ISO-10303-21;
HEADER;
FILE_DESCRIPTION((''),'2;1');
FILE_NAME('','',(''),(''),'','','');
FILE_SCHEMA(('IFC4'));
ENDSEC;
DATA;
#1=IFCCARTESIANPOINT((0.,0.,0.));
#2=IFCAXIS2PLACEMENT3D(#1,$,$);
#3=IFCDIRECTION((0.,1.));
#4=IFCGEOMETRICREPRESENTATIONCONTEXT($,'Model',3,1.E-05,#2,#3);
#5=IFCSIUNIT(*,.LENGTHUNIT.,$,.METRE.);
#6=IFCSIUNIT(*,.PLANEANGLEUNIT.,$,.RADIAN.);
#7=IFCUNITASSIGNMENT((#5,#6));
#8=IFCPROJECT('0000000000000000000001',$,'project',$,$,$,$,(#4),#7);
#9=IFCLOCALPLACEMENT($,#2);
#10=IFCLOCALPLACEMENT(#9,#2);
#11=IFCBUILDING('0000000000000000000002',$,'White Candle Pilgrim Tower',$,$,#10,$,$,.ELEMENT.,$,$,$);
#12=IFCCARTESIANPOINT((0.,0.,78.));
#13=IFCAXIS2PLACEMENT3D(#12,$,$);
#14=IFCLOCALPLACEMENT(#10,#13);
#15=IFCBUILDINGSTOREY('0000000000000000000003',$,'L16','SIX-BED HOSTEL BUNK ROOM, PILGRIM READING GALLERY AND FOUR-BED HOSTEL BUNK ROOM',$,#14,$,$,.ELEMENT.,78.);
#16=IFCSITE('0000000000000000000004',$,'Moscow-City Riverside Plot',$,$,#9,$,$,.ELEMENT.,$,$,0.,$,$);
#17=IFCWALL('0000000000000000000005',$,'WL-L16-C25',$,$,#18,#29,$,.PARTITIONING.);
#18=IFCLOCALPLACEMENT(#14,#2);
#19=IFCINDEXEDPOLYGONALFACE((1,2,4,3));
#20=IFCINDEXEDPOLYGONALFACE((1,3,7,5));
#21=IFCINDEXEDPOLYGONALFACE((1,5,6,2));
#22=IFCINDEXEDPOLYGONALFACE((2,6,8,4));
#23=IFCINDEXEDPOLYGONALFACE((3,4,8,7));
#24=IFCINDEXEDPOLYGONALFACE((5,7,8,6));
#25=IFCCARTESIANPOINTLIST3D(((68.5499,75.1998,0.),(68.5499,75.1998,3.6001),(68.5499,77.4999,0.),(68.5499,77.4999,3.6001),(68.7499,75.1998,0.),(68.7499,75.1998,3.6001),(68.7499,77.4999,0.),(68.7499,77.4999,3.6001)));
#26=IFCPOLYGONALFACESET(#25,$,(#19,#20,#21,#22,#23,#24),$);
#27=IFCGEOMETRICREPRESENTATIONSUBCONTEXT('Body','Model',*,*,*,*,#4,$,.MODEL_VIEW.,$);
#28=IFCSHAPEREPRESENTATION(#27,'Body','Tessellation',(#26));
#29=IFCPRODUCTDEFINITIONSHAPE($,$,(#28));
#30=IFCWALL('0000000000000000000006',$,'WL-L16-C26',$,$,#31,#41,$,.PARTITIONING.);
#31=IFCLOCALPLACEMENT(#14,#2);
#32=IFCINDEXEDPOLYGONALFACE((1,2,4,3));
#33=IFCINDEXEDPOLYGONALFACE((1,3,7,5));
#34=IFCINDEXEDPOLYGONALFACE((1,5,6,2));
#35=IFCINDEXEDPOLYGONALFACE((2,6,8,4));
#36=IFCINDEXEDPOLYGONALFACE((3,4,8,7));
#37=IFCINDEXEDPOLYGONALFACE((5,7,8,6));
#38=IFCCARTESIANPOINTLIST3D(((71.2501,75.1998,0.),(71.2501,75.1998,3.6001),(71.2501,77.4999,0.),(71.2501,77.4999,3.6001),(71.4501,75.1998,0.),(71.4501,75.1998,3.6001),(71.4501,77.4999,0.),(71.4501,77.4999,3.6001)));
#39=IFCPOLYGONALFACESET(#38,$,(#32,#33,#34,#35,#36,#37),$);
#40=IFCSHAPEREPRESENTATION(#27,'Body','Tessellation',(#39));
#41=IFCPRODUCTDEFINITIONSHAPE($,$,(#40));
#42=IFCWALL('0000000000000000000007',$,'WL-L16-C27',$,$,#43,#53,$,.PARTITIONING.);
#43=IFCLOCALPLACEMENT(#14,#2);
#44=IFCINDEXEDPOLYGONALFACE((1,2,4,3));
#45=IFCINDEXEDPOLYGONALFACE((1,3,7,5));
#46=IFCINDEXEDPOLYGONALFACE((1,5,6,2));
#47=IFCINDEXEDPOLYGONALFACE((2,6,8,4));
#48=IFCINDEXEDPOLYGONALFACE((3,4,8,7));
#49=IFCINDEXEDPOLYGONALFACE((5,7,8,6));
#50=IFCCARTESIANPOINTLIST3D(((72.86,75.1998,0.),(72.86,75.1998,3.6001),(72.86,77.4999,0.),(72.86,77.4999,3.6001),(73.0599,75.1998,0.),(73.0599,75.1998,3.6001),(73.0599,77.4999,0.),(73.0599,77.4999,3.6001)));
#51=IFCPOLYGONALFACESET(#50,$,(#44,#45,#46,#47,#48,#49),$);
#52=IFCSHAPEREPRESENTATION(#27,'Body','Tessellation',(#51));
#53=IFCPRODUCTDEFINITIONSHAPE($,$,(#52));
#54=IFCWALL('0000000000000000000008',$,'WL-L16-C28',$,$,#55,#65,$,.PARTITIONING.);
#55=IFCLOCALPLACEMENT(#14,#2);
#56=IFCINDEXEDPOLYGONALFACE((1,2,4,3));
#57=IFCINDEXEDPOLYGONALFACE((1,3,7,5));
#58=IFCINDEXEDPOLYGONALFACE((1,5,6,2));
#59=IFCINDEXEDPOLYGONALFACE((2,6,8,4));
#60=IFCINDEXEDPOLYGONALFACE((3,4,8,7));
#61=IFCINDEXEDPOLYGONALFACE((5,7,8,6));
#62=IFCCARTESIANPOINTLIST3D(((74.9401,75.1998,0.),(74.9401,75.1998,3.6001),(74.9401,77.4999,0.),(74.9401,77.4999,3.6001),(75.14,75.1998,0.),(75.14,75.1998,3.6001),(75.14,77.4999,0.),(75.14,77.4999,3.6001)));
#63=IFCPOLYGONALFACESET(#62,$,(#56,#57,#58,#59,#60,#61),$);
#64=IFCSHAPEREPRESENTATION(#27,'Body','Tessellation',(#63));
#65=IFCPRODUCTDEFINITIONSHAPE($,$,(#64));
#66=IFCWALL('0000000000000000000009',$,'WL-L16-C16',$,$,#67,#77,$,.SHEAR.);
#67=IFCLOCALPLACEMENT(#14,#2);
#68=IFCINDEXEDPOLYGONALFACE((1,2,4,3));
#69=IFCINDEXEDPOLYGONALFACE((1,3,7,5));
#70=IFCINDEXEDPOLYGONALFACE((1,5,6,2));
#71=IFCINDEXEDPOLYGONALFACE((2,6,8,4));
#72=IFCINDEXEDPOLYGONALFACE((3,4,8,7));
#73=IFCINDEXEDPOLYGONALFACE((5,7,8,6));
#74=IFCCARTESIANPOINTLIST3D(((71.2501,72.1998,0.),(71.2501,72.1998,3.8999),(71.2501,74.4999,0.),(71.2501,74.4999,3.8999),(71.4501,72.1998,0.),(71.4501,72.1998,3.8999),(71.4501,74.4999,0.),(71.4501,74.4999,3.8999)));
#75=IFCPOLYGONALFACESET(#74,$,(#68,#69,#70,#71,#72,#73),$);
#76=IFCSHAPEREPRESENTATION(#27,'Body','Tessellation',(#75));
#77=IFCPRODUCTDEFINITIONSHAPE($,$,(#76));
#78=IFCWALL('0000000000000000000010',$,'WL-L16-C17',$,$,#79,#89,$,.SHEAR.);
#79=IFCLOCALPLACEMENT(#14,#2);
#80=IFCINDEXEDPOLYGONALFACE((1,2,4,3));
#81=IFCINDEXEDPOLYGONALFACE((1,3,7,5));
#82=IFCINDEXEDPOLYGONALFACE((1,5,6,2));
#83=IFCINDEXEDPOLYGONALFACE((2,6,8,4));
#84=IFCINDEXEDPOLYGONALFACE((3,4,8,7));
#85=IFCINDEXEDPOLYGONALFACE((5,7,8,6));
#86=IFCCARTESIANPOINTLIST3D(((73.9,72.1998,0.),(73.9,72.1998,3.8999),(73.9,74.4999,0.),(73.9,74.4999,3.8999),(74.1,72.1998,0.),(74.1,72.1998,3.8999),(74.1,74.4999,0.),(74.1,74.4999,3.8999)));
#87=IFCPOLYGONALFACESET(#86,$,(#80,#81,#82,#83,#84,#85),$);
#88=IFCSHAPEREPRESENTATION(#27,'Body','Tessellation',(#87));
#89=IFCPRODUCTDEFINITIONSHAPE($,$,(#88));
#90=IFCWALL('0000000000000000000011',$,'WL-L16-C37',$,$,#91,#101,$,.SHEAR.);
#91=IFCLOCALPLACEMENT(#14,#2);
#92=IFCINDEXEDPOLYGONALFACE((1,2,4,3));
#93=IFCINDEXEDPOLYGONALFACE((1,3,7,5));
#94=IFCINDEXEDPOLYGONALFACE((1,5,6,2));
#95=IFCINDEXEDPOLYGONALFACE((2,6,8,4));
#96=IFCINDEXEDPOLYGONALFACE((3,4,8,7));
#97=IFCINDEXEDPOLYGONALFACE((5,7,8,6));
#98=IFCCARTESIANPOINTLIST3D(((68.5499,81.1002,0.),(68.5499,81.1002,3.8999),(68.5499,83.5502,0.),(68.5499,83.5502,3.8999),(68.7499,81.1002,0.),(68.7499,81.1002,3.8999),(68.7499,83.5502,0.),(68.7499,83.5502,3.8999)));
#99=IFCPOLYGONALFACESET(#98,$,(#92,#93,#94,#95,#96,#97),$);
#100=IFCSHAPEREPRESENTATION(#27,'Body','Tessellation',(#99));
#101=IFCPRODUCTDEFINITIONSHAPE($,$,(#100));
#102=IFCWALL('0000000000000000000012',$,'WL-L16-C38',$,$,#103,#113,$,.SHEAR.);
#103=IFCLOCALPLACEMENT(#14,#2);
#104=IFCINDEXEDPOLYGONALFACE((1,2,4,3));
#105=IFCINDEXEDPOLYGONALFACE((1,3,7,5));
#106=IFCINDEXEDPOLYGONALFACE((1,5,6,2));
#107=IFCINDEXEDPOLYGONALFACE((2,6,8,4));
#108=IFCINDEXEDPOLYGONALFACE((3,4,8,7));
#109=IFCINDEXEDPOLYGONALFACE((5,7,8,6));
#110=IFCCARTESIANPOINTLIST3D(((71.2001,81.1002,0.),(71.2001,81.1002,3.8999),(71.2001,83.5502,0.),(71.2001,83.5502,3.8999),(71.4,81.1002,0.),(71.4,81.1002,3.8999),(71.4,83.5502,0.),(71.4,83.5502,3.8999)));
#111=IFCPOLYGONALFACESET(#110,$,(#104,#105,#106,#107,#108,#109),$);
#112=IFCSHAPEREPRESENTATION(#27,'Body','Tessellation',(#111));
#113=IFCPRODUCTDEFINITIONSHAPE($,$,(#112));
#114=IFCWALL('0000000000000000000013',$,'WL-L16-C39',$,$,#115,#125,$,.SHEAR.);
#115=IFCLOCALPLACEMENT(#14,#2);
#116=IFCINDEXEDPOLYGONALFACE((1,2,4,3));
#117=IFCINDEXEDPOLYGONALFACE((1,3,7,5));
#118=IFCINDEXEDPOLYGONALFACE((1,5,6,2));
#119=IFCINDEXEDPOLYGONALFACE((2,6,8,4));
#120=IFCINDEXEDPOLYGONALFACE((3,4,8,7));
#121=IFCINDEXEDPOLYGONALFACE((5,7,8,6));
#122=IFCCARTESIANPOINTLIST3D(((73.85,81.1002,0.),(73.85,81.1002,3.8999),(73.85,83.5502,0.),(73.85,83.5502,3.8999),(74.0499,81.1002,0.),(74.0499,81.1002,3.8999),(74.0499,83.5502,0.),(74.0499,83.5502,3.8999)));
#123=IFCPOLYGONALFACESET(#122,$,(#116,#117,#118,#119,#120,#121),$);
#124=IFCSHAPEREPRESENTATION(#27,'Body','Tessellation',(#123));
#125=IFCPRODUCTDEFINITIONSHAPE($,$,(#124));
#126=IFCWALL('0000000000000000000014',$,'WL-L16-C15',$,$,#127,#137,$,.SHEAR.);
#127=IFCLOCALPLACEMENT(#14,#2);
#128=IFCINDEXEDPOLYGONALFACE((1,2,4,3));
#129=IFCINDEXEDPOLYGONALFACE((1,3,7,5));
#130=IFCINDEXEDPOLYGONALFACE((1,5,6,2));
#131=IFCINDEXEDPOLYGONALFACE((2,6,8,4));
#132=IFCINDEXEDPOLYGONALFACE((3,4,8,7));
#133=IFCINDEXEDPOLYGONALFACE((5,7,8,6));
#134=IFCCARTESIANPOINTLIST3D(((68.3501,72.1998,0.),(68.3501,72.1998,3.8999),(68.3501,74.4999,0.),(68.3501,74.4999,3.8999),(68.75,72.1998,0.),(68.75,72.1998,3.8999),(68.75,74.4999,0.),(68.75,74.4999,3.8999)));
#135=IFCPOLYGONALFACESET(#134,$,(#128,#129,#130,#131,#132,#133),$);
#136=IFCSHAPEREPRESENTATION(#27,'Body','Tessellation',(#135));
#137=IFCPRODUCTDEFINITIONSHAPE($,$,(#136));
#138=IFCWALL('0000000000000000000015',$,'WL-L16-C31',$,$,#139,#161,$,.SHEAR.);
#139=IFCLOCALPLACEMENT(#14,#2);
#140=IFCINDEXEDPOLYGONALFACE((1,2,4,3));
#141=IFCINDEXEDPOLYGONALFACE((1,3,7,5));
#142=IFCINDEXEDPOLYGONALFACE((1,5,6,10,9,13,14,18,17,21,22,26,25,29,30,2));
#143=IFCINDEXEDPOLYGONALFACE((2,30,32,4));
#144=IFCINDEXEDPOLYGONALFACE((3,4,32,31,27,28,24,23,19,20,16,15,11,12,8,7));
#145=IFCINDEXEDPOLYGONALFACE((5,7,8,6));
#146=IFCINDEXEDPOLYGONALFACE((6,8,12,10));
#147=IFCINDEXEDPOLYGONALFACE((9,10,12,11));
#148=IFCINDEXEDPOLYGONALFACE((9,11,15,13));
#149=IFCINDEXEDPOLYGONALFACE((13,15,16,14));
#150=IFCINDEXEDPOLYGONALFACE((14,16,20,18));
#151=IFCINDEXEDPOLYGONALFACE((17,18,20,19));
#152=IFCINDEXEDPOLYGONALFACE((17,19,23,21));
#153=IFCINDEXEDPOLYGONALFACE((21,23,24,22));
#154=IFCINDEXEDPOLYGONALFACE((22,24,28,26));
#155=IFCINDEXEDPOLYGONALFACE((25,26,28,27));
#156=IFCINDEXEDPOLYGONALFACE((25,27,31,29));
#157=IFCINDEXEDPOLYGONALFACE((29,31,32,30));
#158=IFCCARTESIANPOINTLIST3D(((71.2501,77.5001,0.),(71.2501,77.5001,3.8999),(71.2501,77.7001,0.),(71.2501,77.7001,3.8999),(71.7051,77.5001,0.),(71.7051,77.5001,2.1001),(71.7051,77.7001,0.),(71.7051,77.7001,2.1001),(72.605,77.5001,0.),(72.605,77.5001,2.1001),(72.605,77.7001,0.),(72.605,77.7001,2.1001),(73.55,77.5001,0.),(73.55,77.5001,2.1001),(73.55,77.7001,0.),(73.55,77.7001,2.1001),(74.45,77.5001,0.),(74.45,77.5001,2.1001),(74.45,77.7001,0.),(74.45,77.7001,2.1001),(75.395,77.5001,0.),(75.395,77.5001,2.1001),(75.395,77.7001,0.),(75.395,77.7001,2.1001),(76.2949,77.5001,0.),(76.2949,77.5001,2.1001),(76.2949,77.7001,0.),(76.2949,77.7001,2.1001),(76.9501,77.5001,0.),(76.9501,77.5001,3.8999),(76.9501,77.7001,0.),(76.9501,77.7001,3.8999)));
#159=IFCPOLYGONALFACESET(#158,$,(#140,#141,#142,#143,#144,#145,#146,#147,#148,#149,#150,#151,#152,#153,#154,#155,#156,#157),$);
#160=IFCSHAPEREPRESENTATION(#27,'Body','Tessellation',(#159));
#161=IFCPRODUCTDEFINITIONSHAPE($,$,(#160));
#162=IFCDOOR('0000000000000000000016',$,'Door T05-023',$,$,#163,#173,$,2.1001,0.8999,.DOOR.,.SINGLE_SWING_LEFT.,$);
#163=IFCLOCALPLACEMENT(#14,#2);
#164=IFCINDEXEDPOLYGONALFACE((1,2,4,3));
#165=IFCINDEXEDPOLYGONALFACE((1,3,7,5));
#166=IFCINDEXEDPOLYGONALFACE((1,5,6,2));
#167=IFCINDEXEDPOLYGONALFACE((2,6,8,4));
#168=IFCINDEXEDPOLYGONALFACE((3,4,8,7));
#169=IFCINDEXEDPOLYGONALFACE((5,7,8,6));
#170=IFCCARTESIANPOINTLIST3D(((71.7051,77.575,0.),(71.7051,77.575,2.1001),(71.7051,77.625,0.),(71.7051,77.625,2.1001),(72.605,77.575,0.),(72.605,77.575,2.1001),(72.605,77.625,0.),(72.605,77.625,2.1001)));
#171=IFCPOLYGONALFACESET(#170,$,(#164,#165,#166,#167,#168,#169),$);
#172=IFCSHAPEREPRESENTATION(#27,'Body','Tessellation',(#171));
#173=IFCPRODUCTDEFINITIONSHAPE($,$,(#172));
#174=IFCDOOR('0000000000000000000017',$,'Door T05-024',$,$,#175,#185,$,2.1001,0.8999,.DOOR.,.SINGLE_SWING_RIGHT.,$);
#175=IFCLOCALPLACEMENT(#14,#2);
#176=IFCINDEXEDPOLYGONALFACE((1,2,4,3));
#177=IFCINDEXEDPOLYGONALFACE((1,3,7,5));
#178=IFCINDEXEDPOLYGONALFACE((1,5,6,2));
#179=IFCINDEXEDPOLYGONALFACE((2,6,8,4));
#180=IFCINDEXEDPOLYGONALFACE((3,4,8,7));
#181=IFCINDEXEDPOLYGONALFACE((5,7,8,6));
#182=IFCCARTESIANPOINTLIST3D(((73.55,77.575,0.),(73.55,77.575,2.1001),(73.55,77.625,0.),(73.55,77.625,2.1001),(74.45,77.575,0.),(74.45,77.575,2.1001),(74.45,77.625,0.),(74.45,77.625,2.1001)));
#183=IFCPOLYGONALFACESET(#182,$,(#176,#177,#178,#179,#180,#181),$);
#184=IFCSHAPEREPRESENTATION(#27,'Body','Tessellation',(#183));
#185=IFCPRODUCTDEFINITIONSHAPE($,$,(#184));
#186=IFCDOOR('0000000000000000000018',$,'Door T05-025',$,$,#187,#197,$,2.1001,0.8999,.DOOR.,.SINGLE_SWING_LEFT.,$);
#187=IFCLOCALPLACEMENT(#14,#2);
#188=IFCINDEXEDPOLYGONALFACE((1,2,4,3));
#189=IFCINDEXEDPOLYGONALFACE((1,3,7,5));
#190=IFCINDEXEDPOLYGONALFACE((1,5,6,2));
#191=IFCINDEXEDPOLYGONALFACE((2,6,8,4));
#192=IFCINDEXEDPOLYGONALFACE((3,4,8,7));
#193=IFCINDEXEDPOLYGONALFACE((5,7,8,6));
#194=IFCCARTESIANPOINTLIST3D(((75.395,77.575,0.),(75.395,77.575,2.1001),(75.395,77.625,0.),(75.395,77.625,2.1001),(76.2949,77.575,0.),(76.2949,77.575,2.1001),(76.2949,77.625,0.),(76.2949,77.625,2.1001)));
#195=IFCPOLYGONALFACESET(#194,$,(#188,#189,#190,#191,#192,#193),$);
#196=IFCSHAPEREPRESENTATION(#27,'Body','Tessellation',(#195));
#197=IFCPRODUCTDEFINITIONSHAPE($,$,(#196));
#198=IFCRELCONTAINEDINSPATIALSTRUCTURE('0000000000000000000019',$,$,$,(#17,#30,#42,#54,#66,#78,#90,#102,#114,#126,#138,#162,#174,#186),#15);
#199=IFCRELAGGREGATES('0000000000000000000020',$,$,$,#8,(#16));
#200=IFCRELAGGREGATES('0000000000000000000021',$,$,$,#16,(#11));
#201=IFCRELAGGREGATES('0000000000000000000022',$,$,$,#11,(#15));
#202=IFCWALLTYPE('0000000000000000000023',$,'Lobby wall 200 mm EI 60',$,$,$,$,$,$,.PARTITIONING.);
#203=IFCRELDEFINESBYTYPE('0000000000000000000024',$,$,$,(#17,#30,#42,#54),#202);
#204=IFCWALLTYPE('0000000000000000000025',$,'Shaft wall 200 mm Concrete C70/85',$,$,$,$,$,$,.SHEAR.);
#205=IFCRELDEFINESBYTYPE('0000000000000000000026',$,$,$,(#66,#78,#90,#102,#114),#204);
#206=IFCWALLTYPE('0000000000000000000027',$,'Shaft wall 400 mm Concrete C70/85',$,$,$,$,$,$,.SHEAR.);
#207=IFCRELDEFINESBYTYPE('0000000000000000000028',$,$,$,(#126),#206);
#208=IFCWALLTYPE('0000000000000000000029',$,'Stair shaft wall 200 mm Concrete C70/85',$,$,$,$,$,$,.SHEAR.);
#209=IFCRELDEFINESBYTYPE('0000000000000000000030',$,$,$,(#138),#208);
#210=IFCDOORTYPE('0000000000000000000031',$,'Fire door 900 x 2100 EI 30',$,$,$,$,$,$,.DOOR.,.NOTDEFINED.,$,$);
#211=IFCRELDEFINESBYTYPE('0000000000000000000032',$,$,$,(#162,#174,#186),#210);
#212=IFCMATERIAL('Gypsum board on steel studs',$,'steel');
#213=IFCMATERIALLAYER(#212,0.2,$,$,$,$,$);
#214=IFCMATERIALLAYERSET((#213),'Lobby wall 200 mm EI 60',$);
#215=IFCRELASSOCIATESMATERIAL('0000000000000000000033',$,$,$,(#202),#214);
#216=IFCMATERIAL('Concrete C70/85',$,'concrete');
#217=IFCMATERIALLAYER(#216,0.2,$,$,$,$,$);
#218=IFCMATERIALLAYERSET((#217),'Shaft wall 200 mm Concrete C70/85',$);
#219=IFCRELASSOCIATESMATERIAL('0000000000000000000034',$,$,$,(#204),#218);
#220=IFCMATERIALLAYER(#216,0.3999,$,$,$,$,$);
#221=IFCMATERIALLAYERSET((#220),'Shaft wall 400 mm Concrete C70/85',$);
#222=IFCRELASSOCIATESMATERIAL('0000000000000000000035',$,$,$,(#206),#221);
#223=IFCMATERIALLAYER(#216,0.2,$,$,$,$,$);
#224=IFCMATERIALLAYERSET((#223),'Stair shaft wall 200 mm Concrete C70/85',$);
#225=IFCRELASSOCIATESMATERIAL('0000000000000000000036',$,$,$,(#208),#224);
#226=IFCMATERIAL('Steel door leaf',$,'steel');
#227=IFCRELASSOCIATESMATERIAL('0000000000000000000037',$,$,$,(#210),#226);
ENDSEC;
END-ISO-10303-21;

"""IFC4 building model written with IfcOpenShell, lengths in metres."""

from ifc_helpers import new_model, si_unit, direction, frame, frame_2d, origin, place, context, subcontext, project, spatial, rectangle, extrude, material, layer, layer_set, type_object, element, fill, save


model = new_model("IFC4")

# Units and contexts
model_context = context("Model", 3, precision=1e-05, world=origin(), true_north=direction((0.0, 1.0)))
body_context = subcontext(model_context, "Body", "Model", "MODEL_VIEW")
ifc_project = project(units=[si_unit("LENGTHUNIT", "METRE"), si_unit("PLANEANGLEUNIT", "RADIAN")], contexts=[model_context])

# Site, building, storey
site_placement = place(None, origin())
site = spatial("IfcSite", under=ifc_project, at=site_placement, Name="Moscow-City Riverside Plot", CompositionType="ELEMENT", RefElevation=0.0)
building_placement = place(site_placement, origin())
building = spatial("IfcBuilding", under=site, at=building_placement, Name="White Candle Pilgrim Tower", CompositionType="ELEMENT")
storey_placement = place(building_placement, frame((0.0, 0.0, 78.0)))
storey = spatial("IfcBuildingStorey", under=building, at=storey_placement, Name="L16", Description="SIX-BED HOSTEL BUNK ROOM, PILGRIM READING GALLERY AND FOUR-BED HOSTEL BUNK ROOM", CompositionType="ELEMENT", Elevation=78.0)

# Walls
ifc_material_1 = material(Name="Gypsum board on steel studs", Category="steel")
ifc_layer_1 = layer(ifc_material_1, 0.2)
ifc_layer_set_1 = layer_set([ifc_layer_1], Name="Lobby wall 200 mm EI 60")
wall_type_1 = type_object("IfcWallType", Name="Lobby wall 200 mm EI 60", PredefinedType="PARTITIONING", material=ifc_layer_set_1)
for number, where, z_axis, x_axis, name in (
    (1, (68.6499, 75.2, 0.0), (0.0, 0.0, 1.0), (0.0, 1.0, 0.0), "WL-L16-C25"),
    (2, (71.3501, 75.2, 0.0), (0.0, 0.0, 1.0), (0.0, 1.0, 0.0), "WL-L16-C26"),
    (3, (72.96, 75.2, 0.0), (0.0, 0.0, 1.0), (0.0, 1.0, 0.0), "WL-L16-C27"),
    (4, (75.04, 75.2, 0.0), (0.0, 0.0, 1.0), (0.0, 1.0, 0.0), "WL-L16-C28"),
):
    element("IfcWall", number, at=place(storey_placement, frame(where, z_axis=z_axis, x_axis=x_axis)), inside=storey, type_object=wall_type_1, Name=name, PredefinedType="PARTITIONING", context=body_context, shape_type="SweptSolid", body=[
        extrude(rectangle(XDim=2.3, YDim=0.2, at=frame_2d((1.1499, 0.0))), origin(), (0.0, 0.0, 1.0), 3.6001),
    ])
ifc_material_2 = material(Name="Concrete C70/85", Category="concrete")
ifc_layer_2 = layer(ifc_material_2, 0.2)
ifc_layer_set_2 = layer_set([ifc_layer_2], Name="Shaft wall 200 mm Concrete C70/85")
wall_type_2 = type_object("IfcWallType", Name="Shaft wall 200 mm Concrete C70/85", PredefinedType="SHEAR", material=ifc_layer_set_2)
for number, where, z_axis, x_axis, name in (
    (5, (71.3501, 72.2, 0.0), (0.0, 0.0, 1.0), (0.0, 1.0, 0.0), "WL-L16-C16"),
    (6, (74.0, 72.2, 0.0), (0.0, 0.0, 1.0), (0.0, 1.0, 0.0), "WL-L16-C17"),
):
    element("IfcWall", number, at=place(storey_placement, frame(where, z_axis=z_axis, x_axis=x_axis)), inside=storey, type_object=wall_type_2, Name=name, PredefinedType="SHEAR", context=body_context, shape_type="SweptSolid", body=[
        extrude(rectangle(XDim=2.3, YDim=0.2, at=frame_2d((1.1499, 0.0))), origin(), (0.0, 0.0, 1.0), 3.8999),
    ])
for number, where, z_axis, x_axis, name in (
    (7, (68.6499, 81.1001, 0.0), (0.0, 0.0, 1.0), (0.0, 1.0, 0.0), "WL-L16-C37"),
    (8, (71.3, 81.1001, 0.0), (0.0, 0.0, 1.0), (0.0, 1.0, 0.0), "WL-L16-C38"),
    (9, (73.95, 81.1001, 0.0), (0.0, 0.0, 1.0), (0.0, 1.0, 0.0), "WL-L16-C39"),
):
    element("IfcWall", number, at=place(storey_placement, frame(where, z_axis=z_axis, x_axis=x_axis)), inside=storey, type_object=wall_type_2, Name=name, PredefinedType="SHEAR", context=body_context, shape_type="SweptSolid", body=[
        extrude(rectangle(XDim=2.45, YDim=0.2, at=frame_2d((1.2251, 0.0))), origin(), (0.0, 0.0, 1.0), 3.8999),
    ])
ifc_layer_3 = layer(ifc_material_2, 0.3999)
ifc_layer_set_3 = layer_set([ifc_layer_3], Name="Shaft wall 400 mm Concrete C70/85")
wall_type_3 = type_object("IfcWallType", Name="Shaft wall 400 mm Concrete C70/85", PredefinedType="SHEAR", material=ifc_layer_set_3)
wall_1_placement = place(storey_placement, frame((68.55, 72.2, 0.0), z_axis=(0.0, 0.0, 1.0), x_axis=(0.0, 1.0, 0.0)))
element("IfcWall", 10, at=wall_1_placement, inside=storey, type_object=wall_type_3, Name="WL-L16-C15", PredefinedType="SHEAR", context=body_context, shape_type="SweptSolid", body=[
    extrude(rectangle(XDim=2.3, YDim=0.3999, at=frame_2d((1.1499, 0.0))), origin(), (0.0, 0.0, 1.0), 3.8999),
])

# Wall, openings, doors
ifc_layer_4 = layer(ifc_material_2, 0.2)
ifc_layer_set_4 = layer_set([ifc_layer_4], Name="Stair shaft wall 200 mm Concrete C70/85")
wall_type_4 = type_object("IfcWallType", Name="Stair shaft wall 200 mm Concrete C70/85", PredefinedType="SHEAR", material=ifc_layer_set_4)
wall_2_placement = place(storey_placement, frame((71.25, 77.6001, 0.0), z_axis=(0.0, 0.0, 1.0), x_axis=(1.0, 0.0, 0.0)))
wall_2 = element("IfcWall", 11, at=wall_2_placement, inside=storey, type_object=wall_type_4, Name="WL-L16-C31", PredefinedType="SHEAR", context=body_context, shape_type="SweptSolid", body=[
    extrude(rectangle(XDim=5.7, YDim=0.2, at=frame_2d((2.8501, 0.0))), origin(), (0.0, 0.0, 1.0), 3.8999),
])
opening_1_placement = place(wall_2_placement, frame((0.4551, 0.0, 0.0)))
opening_1 = element("IfcOpeningElement", 12, at=opening_1_placement, cuts=wall_2, PredefinedType="OPENING", context=body_context, shape_type="SweptSolid", body=[
    extrude(rectangle(XDim=0.8999, YDim=2.1001, at=frame_2d((0.45, 1.05))), frame((0.0, 0.1099, 0.0), z_axis=(0.0, -1.0, 0.0), x_axis=(1.0, 0.0, 0.0)), (0.0, 0.0, 1.0), 0.22),
])
opening_2_placement = place(wall_2_placement, frame((2.3, 0.0, 0.0)))
opening_2 = element("IfcOpeningElement", 13, at=opening_2_placement, cuts=wall_2, PredefinedType="OPENING", context=body_context, shape_type="SweptSolid", body=[
    extrude(rectangle(XDim=0.8999, YDim=2.1001, at=frame_2d((0.45, 1.05))), frame((0.0, 0.1099, 0.0), z_axis=(0.0, -1.0, 0.0), x_axis=(1.0, 0.0, 0.0)), (0.0, 0.0, 1.0), 0.22),
])
opening_3_placement = place(wall_2_placement, frame((4.145, 0.0, 0.0)))
opening_3 = element("IfcOpeningElement", 14, at=opening_3_placement, cuts=wall_2, PredefinedType="OPENING", context=body_context, shape_type="SweptSolid", body=[
    extrude(rectangle(XDim=0.8999, YDim=2.1001, at=frame_2d((0.45, 1.05))), frame((0.0, 0.1099, 0.0), z_axis=(0.0, -1.0, 0.0), x_axis=(1.0, 0.0, 0.0)), (0.0, 0.0, 1.0), 0.22),
])
ifc_material_3 = material(Name="Steel door leaf", Category="steel")
door_type = type_object("IfcDoorType", Name="Fire door 900 x 2100 EI 30", OperationType="NOTDEFINED", PredefinedType="DOOR", material=ifc_material_3)
door_1_placement = place(opening_1_placement, origin())
door_1 = element("IfcDoor", 15, at=door_1_placement, inside=storey, type_object=door_type, Name="Door T05-023", OperationType="SINGLE_SWING_LEFT", OverallHeight=2.1001, OverallWidth=0.8999, PredefinedType="DOOR", context=body_context, shape_type="SweptSolid", body=[
    extrude(rectangle(XDim=0.8999, YDim=2.1001, at=frame_2d((0.45, 1.05))), frame((0.0, 0.0249, 0.0), z_axis=(0.0, -1.0, 0.0), x_axis=(1.0, 0.0, 0.0)), (0.0, 0.0, 1.0), 0.05),
])
fill(opening_1, door_1)
door_2_placement = place(opening_2_placement, origin())
door_2 = element("IfcDoor", 16, at=door_2_placement, inside=storey, type_object=door_type, Name="Door T05-024", OperationType="SINGLE_SWING_RIGHT", OverallHeight=2.1001, OverallWidth=0.8999, PredefinedType="DOOR", context=body_context, shape_type="SweptSolid", body=[
    extrude(rectangle(XDim=0.8999, YDim=2.1001, at=frame_2d((0.45, 1.05))), frame((0.0, 0.0249, 0.0), z_axis=(0.0, -1.0, 0.0), x_axis=(1.0, 0.0, 0.0)), (0.0, 0.0, 1.0), 0.05),
])
fill(opening_2, door_2)
door_3_placement = place(opening_3_placement, origin())
door_3 = element("IfcDoor", 17, at=door_3_placement, inside=storey, type_object=door_type, Name="Door T05-025", OperationType="SINGLE_SWING_LEFT", OverallHeight=2.1001, OverallWidth=0.8999, PredefinedType="DOOR", context=body_context, shape_type="SweptSolid", body=[
    extrude(rectangle(XDim=0.8999, YDim=2.1001, at=frame_2d((0.45, 1.05))), frame((0.0, 0.0249, 0.0), z_axis=(0.0, -1.0, 0.0), x_axis=(1.0, 0.0, 0.0)), (0.0, 0.0, 1.0), 0.05),
])
fill(opening_3, door_3)

save(model, "model.ifc")
